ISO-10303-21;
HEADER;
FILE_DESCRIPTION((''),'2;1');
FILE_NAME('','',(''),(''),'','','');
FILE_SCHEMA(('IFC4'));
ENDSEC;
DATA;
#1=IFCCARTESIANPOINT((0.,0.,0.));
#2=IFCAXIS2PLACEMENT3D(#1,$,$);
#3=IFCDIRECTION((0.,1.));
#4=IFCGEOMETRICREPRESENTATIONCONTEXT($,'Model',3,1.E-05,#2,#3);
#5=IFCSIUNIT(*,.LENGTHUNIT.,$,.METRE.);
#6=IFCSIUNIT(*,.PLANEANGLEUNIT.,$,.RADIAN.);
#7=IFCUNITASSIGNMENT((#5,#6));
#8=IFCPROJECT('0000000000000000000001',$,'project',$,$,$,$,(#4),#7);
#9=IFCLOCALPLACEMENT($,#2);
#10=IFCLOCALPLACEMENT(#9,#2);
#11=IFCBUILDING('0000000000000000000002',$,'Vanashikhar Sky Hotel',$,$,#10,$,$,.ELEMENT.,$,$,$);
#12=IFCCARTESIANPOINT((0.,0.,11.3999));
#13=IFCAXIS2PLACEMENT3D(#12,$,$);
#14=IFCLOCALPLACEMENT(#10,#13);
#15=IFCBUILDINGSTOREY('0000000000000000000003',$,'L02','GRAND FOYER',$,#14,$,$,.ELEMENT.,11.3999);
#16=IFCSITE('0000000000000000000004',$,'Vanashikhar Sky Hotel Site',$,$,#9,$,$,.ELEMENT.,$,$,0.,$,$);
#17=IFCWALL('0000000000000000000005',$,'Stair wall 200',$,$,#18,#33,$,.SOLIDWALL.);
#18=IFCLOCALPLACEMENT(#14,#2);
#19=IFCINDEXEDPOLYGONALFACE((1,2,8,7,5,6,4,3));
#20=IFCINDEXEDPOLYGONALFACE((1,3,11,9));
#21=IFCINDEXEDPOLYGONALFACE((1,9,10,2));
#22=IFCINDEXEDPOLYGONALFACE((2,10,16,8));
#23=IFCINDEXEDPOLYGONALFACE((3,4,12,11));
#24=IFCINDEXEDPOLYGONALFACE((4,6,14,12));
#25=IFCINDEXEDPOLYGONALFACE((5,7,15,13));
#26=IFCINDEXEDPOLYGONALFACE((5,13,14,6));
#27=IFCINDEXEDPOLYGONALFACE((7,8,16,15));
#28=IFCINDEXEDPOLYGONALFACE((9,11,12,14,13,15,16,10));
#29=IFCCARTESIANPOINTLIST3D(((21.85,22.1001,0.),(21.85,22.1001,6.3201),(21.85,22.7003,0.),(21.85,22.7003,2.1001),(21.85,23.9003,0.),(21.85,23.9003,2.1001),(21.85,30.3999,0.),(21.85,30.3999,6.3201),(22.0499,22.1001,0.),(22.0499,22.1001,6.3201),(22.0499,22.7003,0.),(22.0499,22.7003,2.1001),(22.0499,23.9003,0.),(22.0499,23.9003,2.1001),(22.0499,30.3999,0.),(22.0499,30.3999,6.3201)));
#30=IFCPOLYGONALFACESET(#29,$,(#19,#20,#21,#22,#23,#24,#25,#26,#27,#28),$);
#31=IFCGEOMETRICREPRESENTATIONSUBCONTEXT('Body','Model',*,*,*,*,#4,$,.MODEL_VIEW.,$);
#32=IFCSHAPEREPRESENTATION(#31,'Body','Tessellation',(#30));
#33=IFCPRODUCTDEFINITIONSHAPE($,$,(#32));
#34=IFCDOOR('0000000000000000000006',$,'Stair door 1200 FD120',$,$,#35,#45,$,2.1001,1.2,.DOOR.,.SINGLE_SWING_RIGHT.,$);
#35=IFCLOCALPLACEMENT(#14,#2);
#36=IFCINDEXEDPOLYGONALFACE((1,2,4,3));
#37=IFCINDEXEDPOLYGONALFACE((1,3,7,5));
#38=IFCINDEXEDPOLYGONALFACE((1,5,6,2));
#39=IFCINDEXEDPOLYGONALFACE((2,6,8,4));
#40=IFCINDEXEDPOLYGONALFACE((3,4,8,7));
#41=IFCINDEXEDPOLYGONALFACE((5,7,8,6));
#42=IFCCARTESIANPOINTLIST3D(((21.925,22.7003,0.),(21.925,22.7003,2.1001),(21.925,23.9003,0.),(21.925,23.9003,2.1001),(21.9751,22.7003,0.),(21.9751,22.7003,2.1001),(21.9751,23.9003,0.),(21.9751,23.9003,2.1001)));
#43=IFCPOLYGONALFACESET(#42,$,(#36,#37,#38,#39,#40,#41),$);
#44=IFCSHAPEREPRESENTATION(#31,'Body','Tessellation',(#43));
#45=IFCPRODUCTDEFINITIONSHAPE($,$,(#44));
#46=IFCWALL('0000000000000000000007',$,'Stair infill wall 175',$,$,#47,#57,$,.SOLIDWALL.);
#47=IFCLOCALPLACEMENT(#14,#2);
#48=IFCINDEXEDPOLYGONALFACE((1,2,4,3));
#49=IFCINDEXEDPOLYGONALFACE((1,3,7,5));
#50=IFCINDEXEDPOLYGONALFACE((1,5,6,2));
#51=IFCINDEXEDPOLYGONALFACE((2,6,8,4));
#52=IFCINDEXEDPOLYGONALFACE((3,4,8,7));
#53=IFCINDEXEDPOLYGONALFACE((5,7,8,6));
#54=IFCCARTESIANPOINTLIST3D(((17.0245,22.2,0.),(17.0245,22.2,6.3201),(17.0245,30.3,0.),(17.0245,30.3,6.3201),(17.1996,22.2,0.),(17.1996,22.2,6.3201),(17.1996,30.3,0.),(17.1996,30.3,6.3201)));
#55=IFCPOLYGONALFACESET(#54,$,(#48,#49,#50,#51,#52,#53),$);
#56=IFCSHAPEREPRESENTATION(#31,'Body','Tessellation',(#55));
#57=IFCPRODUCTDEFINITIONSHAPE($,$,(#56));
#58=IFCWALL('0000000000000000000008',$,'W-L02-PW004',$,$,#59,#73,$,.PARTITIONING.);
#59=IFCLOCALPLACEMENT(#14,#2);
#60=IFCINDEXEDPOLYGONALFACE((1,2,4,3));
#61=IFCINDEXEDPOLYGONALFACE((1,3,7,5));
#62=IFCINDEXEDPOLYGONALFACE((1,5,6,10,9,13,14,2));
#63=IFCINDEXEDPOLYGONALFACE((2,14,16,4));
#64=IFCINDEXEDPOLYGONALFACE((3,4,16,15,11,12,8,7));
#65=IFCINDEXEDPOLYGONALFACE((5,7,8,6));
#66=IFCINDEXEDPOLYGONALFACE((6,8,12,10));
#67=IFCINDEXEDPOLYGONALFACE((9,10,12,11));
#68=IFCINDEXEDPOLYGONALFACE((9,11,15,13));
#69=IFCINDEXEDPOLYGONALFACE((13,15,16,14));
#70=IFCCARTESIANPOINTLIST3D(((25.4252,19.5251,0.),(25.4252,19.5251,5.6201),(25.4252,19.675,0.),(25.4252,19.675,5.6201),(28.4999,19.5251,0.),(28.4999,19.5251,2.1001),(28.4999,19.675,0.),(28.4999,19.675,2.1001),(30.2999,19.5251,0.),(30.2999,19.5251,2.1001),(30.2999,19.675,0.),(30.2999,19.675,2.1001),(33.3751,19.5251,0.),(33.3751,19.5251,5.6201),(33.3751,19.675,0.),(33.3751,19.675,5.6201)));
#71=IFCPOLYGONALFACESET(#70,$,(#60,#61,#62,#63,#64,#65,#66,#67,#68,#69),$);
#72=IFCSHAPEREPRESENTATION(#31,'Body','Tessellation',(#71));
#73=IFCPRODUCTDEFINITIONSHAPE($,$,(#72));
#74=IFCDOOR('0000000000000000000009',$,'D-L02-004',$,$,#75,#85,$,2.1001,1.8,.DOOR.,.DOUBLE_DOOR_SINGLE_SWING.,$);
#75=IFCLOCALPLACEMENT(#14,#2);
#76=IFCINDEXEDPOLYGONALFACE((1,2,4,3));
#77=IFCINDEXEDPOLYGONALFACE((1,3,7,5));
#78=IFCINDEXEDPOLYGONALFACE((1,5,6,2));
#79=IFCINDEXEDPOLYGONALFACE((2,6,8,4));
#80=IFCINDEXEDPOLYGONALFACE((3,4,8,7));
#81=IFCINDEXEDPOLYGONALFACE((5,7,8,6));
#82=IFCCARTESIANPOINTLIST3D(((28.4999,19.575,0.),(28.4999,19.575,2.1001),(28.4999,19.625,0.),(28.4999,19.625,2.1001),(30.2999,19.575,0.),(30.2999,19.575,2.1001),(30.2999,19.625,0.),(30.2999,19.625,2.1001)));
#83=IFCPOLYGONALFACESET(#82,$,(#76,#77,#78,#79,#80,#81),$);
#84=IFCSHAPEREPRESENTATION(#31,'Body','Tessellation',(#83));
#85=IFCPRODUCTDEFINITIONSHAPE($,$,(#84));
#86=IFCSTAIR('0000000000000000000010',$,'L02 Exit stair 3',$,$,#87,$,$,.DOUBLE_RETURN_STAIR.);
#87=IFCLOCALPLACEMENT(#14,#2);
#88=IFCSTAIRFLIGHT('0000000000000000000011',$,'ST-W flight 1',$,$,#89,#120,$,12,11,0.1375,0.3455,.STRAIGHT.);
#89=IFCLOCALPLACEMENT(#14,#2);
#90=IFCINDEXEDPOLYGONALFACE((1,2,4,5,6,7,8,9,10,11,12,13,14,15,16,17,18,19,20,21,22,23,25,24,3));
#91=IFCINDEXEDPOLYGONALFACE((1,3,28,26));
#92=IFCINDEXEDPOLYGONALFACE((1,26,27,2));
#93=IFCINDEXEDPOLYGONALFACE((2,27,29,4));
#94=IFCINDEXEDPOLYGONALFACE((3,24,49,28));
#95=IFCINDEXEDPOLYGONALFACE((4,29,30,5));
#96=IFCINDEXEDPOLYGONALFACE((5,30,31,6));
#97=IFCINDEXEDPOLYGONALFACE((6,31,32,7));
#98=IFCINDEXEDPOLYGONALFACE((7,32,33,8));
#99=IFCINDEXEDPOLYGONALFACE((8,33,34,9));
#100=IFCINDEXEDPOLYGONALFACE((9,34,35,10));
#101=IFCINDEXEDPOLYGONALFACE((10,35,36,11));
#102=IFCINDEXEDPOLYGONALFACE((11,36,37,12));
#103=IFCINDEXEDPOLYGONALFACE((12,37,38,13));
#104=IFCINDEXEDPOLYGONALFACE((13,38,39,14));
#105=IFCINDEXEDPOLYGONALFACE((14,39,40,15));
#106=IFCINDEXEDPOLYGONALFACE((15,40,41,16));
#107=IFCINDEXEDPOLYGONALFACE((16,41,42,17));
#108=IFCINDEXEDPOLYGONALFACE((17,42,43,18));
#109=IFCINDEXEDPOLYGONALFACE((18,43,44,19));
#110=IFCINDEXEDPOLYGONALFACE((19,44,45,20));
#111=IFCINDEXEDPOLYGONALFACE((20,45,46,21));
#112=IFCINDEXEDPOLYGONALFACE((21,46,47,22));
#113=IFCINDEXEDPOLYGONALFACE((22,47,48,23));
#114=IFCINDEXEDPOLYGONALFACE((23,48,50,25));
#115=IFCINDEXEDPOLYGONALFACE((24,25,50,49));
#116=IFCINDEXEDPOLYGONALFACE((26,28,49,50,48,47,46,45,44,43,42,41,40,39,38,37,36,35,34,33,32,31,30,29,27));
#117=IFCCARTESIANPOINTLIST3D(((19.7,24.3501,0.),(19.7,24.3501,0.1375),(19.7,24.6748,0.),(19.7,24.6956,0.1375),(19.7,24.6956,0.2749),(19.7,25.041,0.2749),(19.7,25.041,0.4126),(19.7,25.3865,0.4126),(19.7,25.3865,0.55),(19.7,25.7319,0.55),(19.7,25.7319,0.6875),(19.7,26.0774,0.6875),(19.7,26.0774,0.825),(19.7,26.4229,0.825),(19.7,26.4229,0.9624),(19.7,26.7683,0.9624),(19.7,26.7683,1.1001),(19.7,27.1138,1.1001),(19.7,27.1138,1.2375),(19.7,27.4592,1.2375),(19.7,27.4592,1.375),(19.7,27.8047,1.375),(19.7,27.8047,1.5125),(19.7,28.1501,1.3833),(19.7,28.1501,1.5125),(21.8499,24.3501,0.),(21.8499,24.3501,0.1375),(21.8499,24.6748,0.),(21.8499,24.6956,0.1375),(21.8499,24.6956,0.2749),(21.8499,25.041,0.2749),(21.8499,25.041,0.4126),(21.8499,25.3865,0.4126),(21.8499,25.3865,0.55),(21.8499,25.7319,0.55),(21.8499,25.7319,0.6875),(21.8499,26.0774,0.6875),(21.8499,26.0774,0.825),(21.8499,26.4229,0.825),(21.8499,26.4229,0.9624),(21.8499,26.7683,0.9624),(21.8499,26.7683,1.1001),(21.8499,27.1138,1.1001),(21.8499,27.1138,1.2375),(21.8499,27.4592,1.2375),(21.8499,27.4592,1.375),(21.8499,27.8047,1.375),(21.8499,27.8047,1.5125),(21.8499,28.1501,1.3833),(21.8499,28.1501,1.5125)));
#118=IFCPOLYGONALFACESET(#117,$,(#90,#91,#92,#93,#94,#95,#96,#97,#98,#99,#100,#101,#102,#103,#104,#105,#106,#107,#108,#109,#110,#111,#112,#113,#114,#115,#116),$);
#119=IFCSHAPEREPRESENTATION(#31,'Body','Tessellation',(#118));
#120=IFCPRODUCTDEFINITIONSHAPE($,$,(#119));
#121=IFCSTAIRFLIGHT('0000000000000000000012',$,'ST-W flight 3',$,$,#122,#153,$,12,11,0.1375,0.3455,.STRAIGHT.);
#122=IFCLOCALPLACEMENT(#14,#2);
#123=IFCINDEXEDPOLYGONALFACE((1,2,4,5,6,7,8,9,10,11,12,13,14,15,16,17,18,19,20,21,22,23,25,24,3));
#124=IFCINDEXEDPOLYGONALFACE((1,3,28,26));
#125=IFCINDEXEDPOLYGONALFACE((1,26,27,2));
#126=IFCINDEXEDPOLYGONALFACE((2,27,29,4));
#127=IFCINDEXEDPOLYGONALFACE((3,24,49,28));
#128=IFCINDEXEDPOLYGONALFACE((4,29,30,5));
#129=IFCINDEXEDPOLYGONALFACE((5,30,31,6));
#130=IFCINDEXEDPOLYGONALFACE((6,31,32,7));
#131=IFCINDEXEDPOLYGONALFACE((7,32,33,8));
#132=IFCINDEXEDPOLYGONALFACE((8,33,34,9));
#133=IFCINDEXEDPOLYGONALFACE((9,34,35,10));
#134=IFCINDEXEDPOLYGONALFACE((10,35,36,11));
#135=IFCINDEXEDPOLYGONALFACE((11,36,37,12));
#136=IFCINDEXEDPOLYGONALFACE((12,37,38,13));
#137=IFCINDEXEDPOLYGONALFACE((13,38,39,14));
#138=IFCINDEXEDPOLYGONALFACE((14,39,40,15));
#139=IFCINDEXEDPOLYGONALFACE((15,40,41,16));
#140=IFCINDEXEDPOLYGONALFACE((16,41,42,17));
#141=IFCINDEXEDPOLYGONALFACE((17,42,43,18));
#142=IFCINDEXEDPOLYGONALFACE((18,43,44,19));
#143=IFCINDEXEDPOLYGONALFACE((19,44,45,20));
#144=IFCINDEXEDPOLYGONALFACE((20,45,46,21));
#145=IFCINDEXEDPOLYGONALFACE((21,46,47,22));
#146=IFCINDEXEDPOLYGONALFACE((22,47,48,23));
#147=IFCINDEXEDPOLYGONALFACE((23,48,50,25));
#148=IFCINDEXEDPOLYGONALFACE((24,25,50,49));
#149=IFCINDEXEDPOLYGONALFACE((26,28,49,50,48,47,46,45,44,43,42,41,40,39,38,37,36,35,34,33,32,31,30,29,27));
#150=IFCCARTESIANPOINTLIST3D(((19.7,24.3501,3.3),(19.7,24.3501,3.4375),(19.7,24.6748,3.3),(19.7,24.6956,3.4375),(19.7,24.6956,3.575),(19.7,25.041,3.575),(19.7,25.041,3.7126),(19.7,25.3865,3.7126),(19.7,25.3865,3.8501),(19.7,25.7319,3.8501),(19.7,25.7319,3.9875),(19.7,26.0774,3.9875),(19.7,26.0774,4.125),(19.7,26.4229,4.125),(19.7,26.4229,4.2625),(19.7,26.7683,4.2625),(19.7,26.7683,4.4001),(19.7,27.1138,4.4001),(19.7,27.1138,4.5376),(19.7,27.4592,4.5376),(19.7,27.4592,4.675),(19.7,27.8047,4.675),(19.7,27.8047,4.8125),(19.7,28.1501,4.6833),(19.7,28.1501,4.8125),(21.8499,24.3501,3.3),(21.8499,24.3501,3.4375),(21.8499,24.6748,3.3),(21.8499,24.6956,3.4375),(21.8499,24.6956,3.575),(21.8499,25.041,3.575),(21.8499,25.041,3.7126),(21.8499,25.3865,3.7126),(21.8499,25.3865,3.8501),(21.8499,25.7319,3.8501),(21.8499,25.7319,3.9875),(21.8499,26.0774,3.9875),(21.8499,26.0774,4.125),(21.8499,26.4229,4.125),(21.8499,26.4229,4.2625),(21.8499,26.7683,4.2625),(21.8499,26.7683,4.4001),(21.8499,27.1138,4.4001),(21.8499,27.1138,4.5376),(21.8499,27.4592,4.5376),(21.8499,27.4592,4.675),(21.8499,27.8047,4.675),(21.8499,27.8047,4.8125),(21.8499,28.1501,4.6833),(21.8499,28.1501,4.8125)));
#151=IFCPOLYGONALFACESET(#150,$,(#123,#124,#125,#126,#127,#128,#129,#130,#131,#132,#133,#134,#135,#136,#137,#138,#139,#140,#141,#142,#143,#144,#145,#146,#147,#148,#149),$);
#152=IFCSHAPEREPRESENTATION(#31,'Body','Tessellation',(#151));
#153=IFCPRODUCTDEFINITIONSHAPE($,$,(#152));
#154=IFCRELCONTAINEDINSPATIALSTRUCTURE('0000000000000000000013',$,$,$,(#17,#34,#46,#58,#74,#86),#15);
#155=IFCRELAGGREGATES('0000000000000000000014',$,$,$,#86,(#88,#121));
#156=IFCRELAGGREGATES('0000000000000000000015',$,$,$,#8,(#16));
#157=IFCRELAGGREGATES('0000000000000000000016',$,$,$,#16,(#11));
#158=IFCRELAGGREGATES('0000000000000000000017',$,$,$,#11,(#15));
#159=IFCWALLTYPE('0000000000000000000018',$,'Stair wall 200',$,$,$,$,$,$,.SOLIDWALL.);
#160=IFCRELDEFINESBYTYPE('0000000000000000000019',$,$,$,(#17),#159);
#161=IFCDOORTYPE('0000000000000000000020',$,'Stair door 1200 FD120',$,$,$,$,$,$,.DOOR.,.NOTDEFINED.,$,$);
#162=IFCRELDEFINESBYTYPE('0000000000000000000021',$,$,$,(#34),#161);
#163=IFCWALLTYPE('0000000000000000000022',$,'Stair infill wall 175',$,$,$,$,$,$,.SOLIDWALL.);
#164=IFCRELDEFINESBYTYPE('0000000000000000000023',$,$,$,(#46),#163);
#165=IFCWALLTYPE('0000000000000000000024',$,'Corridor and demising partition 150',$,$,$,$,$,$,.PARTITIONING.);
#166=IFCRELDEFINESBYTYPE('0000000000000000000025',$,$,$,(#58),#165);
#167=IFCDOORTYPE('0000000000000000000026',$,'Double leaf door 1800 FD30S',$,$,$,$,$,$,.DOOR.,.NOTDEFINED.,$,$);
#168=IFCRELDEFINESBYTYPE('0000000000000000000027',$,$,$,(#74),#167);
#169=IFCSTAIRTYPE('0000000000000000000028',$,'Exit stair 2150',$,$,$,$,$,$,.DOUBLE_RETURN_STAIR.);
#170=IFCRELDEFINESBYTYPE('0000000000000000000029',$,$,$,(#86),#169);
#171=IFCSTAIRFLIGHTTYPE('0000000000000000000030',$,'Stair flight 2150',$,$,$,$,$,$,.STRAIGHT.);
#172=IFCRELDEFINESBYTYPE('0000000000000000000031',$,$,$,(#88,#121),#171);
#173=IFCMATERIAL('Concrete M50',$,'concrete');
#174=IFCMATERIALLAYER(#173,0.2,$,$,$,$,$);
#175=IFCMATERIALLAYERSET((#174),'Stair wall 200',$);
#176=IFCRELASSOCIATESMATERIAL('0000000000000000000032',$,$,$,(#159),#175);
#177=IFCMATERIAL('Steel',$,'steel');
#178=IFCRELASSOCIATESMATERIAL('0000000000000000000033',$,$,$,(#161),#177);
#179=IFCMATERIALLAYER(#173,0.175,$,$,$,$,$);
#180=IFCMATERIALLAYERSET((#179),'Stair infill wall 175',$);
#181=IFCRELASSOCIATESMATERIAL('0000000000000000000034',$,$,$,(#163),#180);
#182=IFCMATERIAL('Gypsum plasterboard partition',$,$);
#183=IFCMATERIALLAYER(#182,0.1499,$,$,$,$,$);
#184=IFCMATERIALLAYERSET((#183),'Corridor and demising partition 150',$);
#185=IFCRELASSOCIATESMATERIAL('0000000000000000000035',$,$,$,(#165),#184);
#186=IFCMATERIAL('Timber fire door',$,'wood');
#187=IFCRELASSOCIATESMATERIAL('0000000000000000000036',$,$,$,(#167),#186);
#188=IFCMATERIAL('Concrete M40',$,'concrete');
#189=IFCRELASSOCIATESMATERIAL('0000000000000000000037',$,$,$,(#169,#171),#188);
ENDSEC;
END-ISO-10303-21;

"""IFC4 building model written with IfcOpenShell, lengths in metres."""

from ifc_helpers import new_model, si_unit, direction, frame, frame_2d, origin, place, context, subcontext, project, spatial, polyline, rectangle, outline, extrude, source, transform, mapped, material, layer, layer_set, type_object, element, fill, aggregate, save


model = new_model("IFC4")

# Units and contexts
model_context = context("Model", 3, precision=1e-05, world=origin(), true_north=direction((0.0, 1.0)))
body_context = subcontext(model_context, "Body", "Model", "MODEL_VIEW")
ifc_project = project(units=[si_unit("LENGTHUNIT", "METRE"), si_unit("PLANEANGLEUNIT", "RADIAN")], contexts=[model_context])

# Site, building, storey
site_placement = place(None, origin())
site = spatial("IfcSite", under=ifc_project, at=site_placement, Name="Vanashikhar Sky Hotel Site", CompositionType="ELEMENT", RefElevation=0.0)
building_placement = place(site_placement, origin())
building = spatial("IfcBuilding", under=site, at=building_placement, Name="Vanashikhar Sky Hotel", CompositionType="ELEMENT")
storey_placement = place(building_placement, frame((0.0, 0.0, 11.3999)))
storey = spatial("IfcBuildingStorey", under=building, at=storey_placement, Name="L02", Description="GRAND FOYER", CompositionType="ELEMENT", Elevation=11.3999)

# Shared definitions
ifc_material_1 = material(Name="Concrete M50", Category="concrete")

# Shared definitions
ifc_material_2 = material(Name="Steel", Category="steel")

# Wall, opening, door
ifc_layer_1 = layer(ifc_material_1, 0.2)
ifc_layer_set_1 = layer_set([ifc_layer_1], Name="Stair wall 200")
wall_type_1 = type_object("IfcWallType", Name="Stair wall 200", PredefinedType="SOLIDWALL", material=ifc_layer_set_1)
shared_shape_1 = source(origin(), body_context, "Body", "SweptSolid", [
    extrude(rectangle(XDim=8.2998, YDim=0.2, at=frame_2d((4.1499, 0.0))), origin(), (0.0, 0.0, 1.0), 6.3201),
])
wall_1_placement = place(storey_placement, frame((21.95, 22.1001, 0.0), z_axis=(0.0, 0.0, 1.0), x_axis=(0.0, 1.0, 0.0)))
wall_1 = element("IfcWall", 1, at=wall_1_placement, inside=storey, type_object=wall_type_1, Name="Stair wall 200", PredefinedType="SOLIDWALL", context=body_context, shape_type="MappedRepresentation", body=[
    mapped(shared_shape_1, transform((0.0, 0.0, 0.0), scale=1.0)),
])
shared_shape_2 = source(origin(), body_context, "Body", "SweptSolid", [
    extrude(rectangle(XDim=1.2, YDim=2.1001, at=frame_2d((0.6001, 1.05))), frame((0.0, 0.1099, 0.0), z_axis=(0.0, -1.0, 0.0), x_axis=(1.0, 0.0, 0.0)), (0.0, 0.0, 1.0), 0.22),
])
opening_1_placement = place(wall_1_placement, frame((0.6001, 0.0, 0.0)))
opening_1 = element("IfcOpeningElement", 2, at=opening_1_placement, cuts=wall_1, PredefinedType="OPENING", context=body_context, shape_type="MappedRepresentation", body=[
    mapped(shared_shape_2, transform((0.0, 0.0, 0.0), scale=1.0)),
])
door_type_1 = type_object("IfcDoorType", Name="Stair door 1200 FD120", OperationType="NOTDEFINED", PredefinedType="DOOR", material=ifc_material_2)
shared_shape_3 = source(origin(), body_context, "Body", "SweptSolid", [
    extrude(rectangle(XDim=1.2, YDim=2.1001, at=frame_2d((0.6001, 1.05))), frame((0.0, 0.0249, 0.0), z_axis=(0.0, -1.0, 0.0), x_axis=(1.0, 0.0, 0.0)), (0.0, 0.0, 1.0), 0.05),
])
door_1_placement = place(opening_1_placement, origin())
door_1 = element("IfcDoor", 3, at=door_1_placement, inside=storey, type_object=door_type_1, Name="Stair door 1200 FD120", OperationType="SINGLE_SWING_RIGHT", OverallHeight=2.1001, OverallWidth=1.2, PredefinedType="DOOR", context=body_context, shape_type="MappedRepresentation", body=[
    mapped(shared_shape_3, transform((0.0, 0.0, 0.0), scale=1.0)),
])
fill(opening_1, door_1)

# Wall
ifc_layer_2 = layer(ifc_material_1, 0.175)
ifc_layer_set_2 = layer_set([ifc_layer_2], Name="Stair infill wall 175")
wall_type_2 = type_object("IfcWallType", Name="Stair infill wall 175", PredefinedType="SOLIDWALL", material=ifc_layer_set_2)
shared_shape_4 = source(origin(), body_context, "Body", "SweptSolid", [
    extrude(rectangle(XDim=8.1001, YDim=0.175, at=frame_2d((4.05, 0.0))), origin(), (0.0, 0.0, 1.0), 6.3201),
])
wall_2_placement = place(storey_placement, frame((17.1121, 22.2, 0.0), z_axis=(0.0, 0.0, 1.0), x_axis=(0.0, 1.0, 0.0)))
element("IfcWall", 4, at=wall_2_placement, inside=storey, type_object=wall_type_2, Name="Stair infill wall 175", PredefinedType="SOLIDWALL", context=body_context, shape_type="MappedRepresentation", body=[
    mapped(shared_shape_4, transform((0.0, 0.0, 0.0), scale=1.0)),
])

# Wall, opening, door
ifc_material_3 = material(Name="Gypsum plasterboard partition")
ifc_layer_3 = layer(ifc_material_3, 0.1499)
ifc_layer_set_3 = layer_set([ifc_layer_3], Name="Corridor and demising partition 150")
wall_type_3 = type_object("IfcWallType", Name="Corridor and demising partition 150", PredefinedType="PARTITIONING", material=ifc_layer_set_3)
shared_shape_5 = source(origin(), body_context, "Body", "SweptSolid", [
    extrude(rectangle(XDim=7.95, YDim=0.1499, at=frame_2d((3.9751, 0.0))), origin(), (0.0, 0.0, 1.0), 5.6201),
])
wall_3_placement = place(storey_placement, frame((25.425, 19.6001, 0.0), z_axis=(0.0, 0.0, 1.0), x_axis=(1.0, 0.0, 0.0)))
wall_3 = element("IfcWall", 5, at=wall_3_placement, inside=storey, type_object=wall_type_3, Name="W-L02-PW004", PredefinedType="PARTITIONING", context=body_context, shape_type="MappedRepresentation", body=[
    mapped(shared_shape_5, transform((0.0, 0.0, 0.0), scale=1.0)),
])
shared_shape_6 = source(origin(), body_context, "Body", "SweptSolid", [
    extrude(rectangle(XDim=1.8, YDim=2.1001, at=frame_2d((0.8999, 1.05))), frame((0.0, 0.085, 0.0), z_axis=(0.0, -1.0, 0.0), x_axis=(1.0, 0.0, 0.0)), (0.0, 0.0, 1.0), 0.1699),
])
opening_2_placement = place(wall_3_placement, frame((3.075, 0.0, 0.0)))
opening_2 = element("IfcOpeningElement", 6, at=opening_2_placement, cuts=wall_3, PredefinedType="OPENING", context=body_context, shape_type="MappedRepresentation", body=[
    mapped(shared_shape_6, transform((0.0, 0.0, 0.0), scale=1.0)),
])
ifc_material_4 = material(Name="Timber fire door", Category="wood")
door_type_2 = type_object("IfcDoorType", Name="Double leaf door 1800 FD30S", OperationType="NOTDEFINED", PredefinedType="DOOR", material=ifc_material_4)
shared_shape_7 = source(origin(), body_context, "Body", "SweptSolid", [
    extrude(rectangle(XDim=1.8, YDim=2.1001, at=frame_2d((0.8999, 1.05))), frame((0.0, 0.0249, 0.0), z_axis=(0.0, -1.0, 0.0), x_axis=(1.0, 0.0, 0.0)), (0.0, 0.0, 1.0), 0.05),
])
door_2_placement = place(opening_2_placement, origin())
door_2 = element("IfcDoor", 7, at=door_2_placement, inside=storey, type_object=door_type_2, Name="D-L02-004", OperationType="DOUBLE_DOOR_SINGLE_SWING", OverallHeight=2.1001, OverallWidth=1.8, PredefinedType="DOOR", context=body_context, shape_type="MappedRepresentation", body=[
    mapped(shared_shape_7, transform((0.0, 0.0, 0.0), scale=1.0)),
])
fill(opening_2, door_2)

# Stair, stair flights
ifc_material_5 = material(Name="Concrete M40", Category="concrete")
stair_type = type_object("IfcStairType", Name="Exit stair 2150", PredefinedType="DOUBLE_RETURN_STAIR", material=ifc_material_5)
stair_placement = place(storey_placement, origin())
stair = element("IfcStair", 8, at=stair_placement, inside=storey, type_object=stair_type, Name="L02 Exit stair 3", PredefinedType="DOUBLE_RETURN_STAIR")
stair_flight_type = type_object("IfcStairFlightType", Name="Stair flight 2150", PredefinedType="STRAIGHT", material=ifc_material_5)
shared_shape_8 = source(origin(), body_context, "Body", "SweptSolid", [
    extrude(outline(polyline([(0.0, 0.0), (0.0, 0.1375), (0.3455, 0.1375), (0.3455, 0.2749), (0.6909, 0.2749), (0.6909, 0.4126), (1.0364, 0.4126), (1.0364, 0.55), (1.3818, 0.55), (1.3818, 0.6875), (1.7273, 0.6875), (1.7273, 0.825), (2.0728, 0.825), (2.0728, 0.9624), (2.4182, 0.9624), (2.4182, 1.1001), (2.7637, 1.1001), (2.7637, 1.2375), (3.1091, 1.2375), (3.1091, 1.375), (3.4546, 1.375), (3.4546, 1.5125), (3.8, 1.5125), (3.8, 1.6499), (3.8, 1.3833), (0.3247, 0.0), (0.0, 0.0)])), frame((0.0, 1.075, 0.0), z_axis=(0.0, -1.0, 0.0), x_axis=(1.0, 0.0, 0.0)), (0.0, 0.0, 1.0), 2.1499),
])
stair_flight_1_placement = place(storey_placement, frame((20.7749, 24.3501, 0.0), z_axis=(0.0, 0.0, 1.0), x_axis=(0.0, 1.0, 0.0)))
stair_flight_1 = element("IfcStairFlight", 9, at=stair_flight_1_placement, type_object=stair_flight_type, Name="ST-W flight 1", NumberOfRisers=12, NumberOfTreads=11, PredefinedType="STRAIGHT", RiserHeight=0.1375, TreadLength=0.3455, context=body_context, shape_type="MappedRepresentation", body=[
    mapped(shared_shape_8, transform((0.0, 0.0, 0.0), scale=1.0)),
])
stair_flight_2_placement = place(storey_placement, frame((20.7749, 24.3501, 3.3), z_axis=(0.0, 0.0, 1.0), x_axis=(0.0, 1.0, 0.0)))
stair_flight_2 = element("IfcStairFlight", 10, at=stair_flight_2_placement, type_object=stair_flight_type, Name="ST-W flight 3", NumberOfRisers=12, NumberOfTreads=11, PredefinedType="STRAIGHT", RiserHeight=0.1375, TreadLength=0.3455, context=body_context, shape_type="MappedRepresentation", body=[
    mapped(shared_shape_8, transform((0.0, 0.0, 0.0), scale=1.0)),
])
aggregate(stair, [stair_flight_1, stair_flight_2])

save(model, "model.ifc")
